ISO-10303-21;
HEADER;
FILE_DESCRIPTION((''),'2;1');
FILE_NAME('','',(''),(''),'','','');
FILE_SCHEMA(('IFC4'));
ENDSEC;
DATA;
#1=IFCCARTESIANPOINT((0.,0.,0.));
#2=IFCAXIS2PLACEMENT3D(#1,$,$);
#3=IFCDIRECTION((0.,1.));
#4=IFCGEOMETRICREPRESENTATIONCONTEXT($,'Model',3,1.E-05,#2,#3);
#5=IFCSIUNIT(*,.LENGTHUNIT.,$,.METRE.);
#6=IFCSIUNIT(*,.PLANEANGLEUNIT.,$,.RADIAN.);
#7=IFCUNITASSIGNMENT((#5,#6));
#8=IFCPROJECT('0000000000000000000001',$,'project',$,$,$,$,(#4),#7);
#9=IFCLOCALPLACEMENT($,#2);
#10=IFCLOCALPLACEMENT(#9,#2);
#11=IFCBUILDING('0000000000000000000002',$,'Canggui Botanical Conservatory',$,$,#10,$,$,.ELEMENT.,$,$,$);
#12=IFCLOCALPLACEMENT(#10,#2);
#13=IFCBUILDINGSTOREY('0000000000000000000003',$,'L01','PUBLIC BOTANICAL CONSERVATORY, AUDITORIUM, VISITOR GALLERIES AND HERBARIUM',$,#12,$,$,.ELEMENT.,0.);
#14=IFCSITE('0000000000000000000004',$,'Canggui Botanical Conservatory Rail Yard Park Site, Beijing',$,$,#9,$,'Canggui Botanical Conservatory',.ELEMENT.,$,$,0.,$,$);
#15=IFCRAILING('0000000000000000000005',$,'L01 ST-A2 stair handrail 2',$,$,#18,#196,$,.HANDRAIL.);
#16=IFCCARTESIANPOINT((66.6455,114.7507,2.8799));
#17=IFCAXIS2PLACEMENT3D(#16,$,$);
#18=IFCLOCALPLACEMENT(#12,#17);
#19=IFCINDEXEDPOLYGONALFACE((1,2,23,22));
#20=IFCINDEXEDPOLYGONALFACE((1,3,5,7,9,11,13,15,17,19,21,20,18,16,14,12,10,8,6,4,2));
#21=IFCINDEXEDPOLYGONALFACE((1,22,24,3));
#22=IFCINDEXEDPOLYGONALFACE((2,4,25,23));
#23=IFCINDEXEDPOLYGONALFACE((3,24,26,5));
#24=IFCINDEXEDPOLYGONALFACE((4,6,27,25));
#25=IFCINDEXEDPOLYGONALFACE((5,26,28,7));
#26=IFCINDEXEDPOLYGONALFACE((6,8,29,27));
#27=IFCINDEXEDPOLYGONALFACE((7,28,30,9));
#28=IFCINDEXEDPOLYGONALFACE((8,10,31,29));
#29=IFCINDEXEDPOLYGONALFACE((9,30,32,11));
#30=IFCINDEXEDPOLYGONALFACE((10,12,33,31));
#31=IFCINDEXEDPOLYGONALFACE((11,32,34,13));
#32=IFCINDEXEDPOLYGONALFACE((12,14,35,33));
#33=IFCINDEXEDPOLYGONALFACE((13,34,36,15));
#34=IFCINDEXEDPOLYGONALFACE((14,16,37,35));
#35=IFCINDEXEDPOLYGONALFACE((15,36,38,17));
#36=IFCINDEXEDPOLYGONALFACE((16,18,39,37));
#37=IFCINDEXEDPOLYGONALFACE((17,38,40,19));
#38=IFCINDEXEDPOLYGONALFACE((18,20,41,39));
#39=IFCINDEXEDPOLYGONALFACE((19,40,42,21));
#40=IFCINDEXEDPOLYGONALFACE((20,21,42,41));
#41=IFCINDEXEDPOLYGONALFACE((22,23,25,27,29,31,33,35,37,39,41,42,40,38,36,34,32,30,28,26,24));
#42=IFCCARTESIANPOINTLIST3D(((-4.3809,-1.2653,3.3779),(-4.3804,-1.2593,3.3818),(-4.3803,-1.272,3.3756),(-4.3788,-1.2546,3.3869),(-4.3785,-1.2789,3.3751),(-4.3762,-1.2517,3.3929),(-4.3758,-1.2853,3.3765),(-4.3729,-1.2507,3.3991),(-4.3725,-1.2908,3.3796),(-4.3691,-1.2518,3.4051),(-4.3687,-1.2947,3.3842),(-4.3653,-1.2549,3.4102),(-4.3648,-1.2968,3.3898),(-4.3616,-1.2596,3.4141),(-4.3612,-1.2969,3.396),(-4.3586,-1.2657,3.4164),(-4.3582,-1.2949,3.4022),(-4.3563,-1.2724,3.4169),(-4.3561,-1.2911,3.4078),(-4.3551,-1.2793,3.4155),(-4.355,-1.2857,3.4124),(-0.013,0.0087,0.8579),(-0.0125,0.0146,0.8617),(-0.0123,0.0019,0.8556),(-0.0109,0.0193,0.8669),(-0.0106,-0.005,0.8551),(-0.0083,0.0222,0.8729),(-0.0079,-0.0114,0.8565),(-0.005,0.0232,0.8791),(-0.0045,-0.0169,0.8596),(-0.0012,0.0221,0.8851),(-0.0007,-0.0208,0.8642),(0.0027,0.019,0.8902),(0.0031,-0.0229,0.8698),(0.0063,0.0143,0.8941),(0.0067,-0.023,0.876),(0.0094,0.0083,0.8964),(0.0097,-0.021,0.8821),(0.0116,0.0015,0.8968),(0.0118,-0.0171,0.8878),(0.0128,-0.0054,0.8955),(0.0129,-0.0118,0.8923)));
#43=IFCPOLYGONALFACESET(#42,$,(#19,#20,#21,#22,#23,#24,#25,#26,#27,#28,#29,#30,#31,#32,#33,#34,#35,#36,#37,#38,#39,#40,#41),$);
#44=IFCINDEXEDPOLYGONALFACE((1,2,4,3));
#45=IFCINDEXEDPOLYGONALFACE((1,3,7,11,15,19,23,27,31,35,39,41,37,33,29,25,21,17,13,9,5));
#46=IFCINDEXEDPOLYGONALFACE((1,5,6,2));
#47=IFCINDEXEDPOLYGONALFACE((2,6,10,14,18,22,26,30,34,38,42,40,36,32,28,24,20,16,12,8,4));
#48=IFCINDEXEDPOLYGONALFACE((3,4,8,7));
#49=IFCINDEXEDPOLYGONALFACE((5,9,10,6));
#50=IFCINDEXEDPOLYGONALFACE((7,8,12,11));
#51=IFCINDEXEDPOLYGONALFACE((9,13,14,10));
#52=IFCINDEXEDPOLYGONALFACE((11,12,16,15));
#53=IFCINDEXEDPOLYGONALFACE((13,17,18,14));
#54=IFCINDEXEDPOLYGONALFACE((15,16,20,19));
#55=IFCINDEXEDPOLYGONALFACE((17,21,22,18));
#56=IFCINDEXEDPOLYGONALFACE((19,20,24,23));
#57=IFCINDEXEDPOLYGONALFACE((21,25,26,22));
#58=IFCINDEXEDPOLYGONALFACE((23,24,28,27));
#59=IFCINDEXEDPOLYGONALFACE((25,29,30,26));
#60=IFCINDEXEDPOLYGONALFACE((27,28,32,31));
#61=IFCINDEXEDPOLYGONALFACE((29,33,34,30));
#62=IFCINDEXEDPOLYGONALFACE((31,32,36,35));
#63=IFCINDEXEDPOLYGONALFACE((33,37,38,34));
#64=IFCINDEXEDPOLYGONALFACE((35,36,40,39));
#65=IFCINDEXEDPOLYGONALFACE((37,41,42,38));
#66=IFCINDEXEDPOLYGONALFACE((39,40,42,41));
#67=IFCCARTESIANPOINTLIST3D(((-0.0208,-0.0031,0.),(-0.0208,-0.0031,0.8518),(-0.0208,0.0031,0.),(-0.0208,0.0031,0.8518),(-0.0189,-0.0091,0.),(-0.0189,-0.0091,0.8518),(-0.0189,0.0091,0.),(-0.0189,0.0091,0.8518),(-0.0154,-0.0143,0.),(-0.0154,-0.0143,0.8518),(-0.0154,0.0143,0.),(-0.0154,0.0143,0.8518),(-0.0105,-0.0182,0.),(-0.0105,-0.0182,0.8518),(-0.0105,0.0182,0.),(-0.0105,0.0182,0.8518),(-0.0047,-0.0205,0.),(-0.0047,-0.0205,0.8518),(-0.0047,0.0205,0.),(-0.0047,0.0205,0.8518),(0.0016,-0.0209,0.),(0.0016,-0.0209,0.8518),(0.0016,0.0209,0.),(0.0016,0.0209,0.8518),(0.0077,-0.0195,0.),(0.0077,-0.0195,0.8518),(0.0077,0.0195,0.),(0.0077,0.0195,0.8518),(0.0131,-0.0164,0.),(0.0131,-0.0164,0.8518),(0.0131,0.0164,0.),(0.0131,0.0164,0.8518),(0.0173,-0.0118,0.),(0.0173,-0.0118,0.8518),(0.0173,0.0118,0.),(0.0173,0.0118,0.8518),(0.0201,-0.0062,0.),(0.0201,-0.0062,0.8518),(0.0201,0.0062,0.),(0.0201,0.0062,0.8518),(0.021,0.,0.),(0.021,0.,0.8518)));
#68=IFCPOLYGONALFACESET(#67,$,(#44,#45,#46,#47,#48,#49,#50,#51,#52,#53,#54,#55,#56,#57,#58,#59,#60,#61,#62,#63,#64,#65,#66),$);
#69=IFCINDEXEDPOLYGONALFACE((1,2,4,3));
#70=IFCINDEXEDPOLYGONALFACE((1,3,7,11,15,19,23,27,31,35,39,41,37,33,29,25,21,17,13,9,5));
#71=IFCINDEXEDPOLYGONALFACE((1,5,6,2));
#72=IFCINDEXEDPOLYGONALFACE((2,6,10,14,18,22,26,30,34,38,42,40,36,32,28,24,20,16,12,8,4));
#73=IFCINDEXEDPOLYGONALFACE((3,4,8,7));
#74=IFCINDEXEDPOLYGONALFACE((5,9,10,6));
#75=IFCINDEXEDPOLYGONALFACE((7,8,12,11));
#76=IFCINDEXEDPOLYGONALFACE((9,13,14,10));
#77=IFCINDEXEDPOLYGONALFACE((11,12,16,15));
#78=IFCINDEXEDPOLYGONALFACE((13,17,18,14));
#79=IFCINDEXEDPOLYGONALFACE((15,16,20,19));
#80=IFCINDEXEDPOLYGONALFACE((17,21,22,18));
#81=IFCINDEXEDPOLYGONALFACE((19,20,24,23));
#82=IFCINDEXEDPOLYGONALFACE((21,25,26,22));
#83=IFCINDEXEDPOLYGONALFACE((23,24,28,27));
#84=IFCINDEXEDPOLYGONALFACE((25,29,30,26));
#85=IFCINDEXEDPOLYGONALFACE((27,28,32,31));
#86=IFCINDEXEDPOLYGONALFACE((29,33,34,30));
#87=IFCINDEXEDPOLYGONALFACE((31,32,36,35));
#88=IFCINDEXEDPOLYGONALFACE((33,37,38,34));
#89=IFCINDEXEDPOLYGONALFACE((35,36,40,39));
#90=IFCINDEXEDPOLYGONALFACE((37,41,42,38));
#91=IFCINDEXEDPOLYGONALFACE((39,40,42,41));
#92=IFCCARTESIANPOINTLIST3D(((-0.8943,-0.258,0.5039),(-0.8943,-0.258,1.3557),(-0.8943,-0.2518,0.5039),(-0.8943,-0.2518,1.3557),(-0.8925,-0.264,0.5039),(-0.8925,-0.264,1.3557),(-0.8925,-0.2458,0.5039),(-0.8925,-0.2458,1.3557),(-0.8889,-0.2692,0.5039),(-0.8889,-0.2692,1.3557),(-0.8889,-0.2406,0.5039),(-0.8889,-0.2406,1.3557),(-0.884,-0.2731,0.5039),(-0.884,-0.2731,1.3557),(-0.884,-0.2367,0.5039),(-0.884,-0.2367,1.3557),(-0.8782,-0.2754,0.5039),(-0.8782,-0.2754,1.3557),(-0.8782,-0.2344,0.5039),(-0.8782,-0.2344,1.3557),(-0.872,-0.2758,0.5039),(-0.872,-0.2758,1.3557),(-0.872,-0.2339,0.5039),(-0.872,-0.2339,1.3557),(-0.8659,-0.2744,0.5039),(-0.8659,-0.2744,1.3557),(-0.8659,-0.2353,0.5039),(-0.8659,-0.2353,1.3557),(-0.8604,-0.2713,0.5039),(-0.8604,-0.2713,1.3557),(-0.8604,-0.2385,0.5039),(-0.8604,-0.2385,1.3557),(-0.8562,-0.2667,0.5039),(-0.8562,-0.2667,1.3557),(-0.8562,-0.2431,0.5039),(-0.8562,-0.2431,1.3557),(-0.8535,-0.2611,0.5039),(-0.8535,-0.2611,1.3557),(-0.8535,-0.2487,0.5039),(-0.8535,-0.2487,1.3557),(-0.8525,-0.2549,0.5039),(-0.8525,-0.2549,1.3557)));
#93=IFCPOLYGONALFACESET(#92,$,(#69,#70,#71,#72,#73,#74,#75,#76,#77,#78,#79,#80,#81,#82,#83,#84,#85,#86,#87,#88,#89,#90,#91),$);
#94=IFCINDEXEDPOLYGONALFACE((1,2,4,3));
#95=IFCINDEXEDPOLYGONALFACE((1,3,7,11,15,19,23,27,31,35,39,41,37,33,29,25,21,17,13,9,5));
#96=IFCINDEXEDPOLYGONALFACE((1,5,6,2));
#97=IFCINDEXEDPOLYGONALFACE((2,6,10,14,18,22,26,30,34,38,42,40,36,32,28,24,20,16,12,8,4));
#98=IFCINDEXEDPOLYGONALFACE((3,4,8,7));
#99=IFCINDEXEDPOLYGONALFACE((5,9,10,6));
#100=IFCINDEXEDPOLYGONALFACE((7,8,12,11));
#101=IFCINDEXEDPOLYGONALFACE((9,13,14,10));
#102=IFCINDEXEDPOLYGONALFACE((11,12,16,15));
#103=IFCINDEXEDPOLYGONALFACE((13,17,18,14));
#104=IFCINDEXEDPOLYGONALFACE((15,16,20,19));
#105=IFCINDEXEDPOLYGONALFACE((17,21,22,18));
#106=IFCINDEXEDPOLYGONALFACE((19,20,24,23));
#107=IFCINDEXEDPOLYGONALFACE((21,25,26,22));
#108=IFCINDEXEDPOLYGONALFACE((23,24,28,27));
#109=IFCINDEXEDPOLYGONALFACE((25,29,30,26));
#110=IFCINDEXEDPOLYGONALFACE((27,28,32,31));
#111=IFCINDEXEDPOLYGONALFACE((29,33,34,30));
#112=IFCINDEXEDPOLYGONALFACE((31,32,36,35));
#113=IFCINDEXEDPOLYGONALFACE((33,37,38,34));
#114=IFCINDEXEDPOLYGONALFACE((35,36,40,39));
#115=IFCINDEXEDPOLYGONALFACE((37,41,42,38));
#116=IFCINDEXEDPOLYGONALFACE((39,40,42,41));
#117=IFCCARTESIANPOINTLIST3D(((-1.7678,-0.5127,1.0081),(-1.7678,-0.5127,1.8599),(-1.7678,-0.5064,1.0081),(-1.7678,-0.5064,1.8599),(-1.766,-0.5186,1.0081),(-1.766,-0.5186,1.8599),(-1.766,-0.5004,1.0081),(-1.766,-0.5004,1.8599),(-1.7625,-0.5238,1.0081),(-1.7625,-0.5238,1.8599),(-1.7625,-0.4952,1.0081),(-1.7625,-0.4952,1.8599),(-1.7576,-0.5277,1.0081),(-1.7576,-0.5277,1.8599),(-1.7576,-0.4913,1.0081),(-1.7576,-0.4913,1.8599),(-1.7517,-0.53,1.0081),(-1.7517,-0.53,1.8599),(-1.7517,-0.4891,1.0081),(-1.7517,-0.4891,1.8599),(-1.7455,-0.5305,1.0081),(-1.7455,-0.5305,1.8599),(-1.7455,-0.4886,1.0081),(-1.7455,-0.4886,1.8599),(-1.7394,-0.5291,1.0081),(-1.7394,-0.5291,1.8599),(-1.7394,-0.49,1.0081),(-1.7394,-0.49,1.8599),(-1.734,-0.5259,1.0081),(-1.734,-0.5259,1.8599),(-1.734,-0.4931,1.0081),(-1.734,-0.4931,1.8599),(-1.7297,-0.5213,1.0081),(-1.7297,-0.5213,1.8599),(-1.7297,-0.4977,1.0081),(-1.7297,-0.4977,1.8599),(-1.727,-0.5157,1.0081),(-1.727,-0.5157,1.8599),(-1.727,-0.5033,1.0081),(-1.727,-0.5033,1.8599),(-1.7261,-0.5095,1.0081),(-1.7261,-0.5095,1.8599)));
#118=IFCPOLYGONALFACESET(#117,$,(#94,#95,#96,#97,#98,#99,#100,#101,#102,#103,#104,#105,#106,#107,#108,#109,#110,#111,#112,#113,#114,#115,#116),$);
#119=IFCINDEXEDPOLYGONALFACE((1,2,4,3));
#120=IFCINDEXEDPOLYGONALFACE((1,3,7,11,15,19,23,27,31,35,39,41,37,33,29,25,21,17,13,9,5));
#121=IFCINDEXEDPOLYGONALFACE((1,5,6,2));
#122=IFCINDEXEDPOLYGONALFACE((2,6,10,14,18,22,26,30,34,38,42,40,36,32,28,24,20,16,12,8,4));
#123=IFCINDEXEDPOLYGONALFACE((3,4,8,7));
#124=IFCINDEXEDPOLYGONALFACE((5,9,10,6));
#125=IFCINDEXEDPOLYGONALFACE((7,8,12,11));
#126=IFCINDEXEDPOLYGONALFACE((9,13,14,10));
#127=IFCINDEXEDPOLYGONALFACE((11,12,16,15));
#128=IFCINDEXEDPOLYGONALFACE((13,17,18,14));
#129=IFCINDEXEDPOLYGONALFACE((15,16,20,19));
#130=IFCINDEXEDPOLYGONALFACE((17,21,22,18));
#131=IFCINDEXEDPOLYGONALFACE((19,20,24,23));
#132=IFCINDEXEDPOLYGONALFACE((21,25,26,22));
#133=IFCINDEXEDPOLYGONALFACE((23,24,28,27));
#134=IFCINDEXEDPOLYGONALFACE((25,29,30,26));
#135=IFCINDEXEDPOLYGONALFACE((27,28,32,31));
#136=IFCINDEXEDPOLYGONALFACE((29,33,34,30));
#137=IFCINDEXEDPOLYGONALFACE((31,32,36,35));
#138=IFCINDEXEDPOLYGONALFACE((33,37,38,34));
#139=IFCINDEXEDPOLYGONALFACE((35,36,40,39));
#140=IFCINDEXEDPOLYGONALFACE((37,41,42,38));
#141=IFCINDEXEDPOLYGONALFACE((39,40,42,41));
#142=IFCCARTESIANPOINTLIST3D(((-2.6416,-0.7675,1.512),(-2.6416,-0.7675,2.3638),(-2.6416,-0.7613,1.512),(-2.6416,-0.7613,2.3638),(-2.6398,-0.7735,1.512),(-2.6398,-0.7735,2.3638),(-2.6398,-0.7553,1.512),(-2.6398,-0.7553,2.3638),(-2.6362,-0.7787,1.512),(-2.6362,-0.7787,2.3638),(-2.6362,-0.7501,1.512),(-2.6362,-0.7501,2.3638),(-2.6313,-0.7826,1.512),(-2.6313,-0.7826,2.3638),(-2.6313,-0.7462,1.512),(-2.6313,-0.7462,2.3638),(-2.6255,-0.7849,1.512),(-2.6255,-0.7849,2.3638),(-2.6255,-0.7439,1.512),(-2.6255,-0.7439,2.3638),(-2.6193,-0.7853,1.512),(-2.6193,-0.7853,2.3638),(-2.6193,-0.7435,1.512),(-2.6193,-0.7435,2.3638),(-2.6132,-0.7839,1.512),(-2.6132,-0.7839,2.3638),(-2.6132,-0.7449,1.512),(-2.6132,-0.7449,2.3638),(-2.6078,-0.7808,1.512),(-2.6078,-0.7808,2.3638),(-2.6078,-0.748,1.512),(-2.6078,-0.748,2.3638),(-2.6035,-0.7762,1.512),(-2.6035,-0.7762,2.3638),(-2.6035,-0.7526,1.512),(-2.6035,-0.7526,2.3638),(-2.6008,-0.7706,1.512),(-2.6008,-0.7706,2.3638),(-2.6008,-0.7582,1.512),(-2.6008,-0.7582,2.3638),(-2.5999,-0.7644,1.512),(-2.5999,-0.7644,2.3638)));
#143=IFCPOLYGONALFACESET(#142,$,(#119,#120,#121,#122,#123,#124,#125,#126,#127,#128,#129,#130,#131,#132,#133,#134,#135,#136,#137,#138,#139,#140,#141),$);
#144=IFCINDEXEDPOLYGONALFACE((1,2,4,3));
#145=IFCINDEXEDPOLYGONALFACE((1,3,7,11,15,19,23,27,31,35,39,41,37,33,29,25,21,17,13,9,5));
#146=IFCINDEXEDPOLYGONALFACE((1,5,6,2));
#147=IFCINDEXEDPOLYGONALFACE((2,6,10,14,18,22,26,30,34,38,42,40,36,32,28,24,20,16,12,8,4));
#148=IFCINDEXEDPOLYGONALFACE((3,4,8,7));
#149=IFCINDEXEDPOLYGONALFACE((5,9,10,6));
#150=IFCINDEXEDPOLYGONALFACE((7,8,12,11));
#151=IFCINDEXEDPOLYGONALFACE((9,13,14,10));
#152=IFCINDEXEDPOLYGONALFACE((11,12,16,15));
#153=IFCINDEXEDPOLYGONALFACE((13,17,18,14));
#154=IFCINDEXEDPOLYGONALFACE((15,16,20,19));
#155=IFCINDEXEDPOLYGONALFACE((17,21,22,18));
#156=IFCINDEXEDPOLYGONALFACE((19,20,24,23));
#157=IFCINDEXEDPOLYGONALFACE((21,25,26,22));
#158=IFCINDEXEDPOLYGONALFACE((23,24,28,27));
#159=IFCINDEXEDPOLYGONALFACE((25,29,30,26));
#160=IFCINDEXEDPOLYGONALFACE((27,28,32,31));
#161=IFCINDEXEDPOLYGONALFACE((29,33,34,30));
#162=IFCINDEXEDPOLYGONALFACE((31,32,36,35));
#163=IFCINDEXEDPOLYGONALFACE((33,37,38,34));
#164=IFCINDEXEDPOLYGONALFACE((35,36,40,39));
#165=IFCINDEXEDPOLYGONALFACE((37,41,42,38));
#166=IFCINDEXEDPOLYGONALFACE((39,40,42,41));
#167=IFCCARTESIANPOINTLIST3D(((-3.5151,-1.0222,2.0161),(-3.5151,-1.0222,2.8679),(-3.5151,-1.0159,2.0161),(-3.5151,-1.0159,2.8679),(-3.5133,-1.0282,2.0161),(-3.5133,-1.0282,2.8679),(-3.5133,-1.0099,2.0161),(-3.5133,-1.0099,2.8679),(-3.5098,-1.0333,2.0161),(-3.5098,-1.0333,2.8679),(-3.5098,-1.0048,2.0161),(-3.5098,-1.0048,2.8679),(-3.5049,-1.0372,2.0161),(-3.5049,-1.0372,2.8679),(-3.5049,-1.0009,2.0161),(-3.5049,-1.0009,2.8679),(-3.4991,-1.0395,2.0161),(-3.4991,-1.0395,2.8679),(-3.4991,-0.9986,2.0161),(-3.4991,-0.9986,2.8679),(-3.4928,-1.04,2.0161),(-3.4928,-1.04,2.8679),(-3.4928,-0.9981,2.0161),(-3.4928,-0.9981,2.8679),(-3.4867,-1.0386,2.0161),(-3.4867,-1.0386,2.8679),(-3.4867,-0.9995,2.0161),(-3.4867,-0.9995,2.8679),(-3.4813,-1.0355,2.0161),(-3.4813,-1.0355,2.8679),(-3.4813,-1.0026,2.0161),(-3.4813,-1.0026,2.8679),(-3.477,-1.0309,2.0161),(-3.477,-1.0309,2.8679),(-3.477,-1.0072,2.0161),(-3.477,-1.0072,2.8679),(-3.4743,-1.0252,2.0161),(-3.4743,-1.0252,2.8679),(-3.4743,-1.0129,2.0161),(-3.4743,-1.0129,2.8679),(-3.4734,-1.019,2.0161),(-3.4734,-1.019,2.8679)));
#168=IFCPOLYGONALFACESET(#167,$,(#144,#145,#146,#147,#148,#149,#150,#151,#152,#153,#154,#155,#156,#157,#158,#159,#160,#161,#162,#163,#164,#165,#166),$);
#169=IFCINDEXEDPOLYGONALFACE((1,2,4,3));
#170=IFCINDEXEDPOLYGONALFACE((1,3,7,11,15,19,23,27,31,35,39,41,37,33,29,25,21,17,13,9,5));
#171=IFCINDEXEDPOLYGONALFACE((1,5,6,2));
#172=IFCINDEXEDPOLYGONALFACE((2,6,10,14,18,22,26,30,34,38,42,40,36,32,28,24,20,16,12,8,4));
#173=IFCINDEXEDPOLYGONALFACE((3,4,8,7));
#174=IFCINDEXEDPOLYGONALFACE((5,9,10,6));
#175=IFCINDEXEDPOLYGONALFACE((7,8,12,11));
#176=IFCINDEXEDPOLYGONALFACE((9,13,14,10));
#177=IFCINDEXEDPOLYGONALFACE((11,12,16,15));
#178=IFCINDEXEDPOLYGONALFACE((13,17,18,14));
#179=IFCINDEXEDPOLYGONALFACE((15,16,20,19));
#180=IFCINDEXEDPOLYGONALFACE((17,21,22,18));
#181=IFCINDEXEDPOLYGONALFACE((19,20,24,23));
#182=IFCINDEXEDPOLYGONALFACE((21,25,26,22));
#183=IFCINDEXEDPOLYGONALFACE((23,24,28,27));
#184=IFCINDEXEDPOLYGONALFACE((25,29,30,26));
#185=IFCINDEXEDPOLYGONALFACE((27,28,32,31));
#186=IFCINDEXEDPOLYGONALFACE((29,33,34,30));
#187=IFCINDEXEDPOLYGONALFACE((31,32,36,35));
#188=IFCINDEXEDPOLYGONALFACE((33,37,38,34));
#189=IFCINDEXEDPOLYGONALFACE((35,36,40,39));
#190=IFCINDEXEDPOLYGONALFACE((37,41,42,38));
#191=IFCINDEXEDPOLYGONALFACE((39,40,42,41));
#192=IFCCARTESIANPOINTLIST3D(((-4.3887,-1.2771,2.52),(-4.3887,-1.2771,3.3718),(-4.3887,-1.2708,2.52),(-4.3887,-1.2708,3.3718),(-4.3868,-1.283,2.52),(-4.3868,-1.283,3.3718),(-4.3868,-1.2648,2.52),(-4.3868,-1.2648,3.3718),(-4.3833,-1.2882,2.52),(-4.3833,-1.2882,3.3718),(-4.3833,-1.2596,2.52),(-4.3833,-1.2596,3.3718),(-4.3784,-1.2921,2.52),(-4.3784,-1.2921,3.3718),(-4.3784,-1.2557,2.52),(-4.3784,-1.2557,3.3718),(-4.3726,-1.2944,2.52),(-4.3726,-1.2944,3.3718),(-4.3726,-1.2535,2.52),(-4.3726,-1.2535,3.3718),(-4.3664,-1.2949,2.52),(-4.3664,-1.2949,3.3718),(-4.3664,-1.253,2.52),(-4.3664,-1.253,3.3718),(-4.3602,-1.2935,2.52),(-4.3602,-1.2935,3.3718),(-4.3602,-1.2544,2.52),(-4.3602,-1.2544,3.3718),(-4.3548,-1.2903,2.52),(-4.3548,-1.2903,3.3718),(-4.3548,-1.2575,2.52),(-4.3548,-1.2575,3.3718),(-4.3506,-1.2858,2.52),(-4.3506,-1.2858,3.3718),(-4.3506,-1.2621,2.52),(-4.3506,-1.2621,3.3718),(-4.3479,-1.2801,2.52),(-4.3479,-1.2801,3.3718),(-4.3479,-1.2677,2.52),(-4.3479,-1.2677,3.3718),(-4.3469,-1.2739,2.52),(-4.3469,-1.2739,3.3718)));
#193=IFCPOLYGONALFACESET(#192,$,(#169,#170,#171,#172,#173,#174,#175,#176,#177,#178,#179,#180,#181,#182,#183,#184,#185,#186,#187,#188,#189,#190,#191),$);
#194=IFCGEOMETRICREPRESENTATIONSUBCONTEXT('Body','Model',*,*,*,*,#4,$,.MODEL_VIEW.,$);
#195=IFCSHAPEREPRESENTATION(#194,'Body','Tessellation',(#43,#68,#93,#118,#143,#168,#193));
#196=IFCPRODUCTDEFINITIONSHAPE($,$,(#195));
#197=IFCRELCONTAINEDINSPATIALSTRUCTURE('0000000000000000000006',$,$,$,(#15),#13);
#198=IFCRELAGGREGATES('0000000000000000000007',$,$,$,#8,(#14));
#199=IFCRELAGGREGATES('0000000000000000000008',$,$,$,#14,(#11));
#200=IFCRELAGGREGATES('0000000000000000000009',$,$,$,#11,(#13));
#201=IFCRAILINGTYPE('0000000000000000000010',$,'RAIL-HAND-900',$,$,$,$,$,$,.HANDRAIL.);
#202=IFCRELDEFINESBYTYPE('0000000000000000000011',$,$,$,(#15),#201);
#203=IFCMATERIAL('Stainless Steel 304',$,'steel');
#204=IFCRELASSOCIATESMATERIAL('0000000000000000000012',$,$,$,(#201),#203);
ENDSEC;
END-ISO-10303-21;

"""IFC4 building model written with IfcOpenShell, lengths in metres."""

from ifc_helpers import new_model, si_unit, direction, frame, origin, origin_2d, place, context, subcontext, project, spatial, circle, extrude, material, type_object, element, save


model = new_model("IFC4")

# Units and contexts
model_context = context("Model", 3, precision=1e-05, world=origin(), true_north=direction((0.0, 1.0)))
body_context = subcontext(model_context, "Body", "Model", "MODEL_VIEW")
ifc_project = project(units=[si_unit("LENGTHUNIT", "METRE"), si_unit("PLANEANGLEUNIT", "RADIAN")], contexts=[model_context])

# Site, building, storey
site_placement = place(None, origin())
site = spatial("IfcSite", under=ifc_project, at=site_placement, Name="Canggui Botanical Conservatory Rail Yard Park Site, Beijing", LongName="Canggui Botanical Conservatory", CompositionType="ELEMENT", RefElevation=0.0)
building_placement = place(site_placement, origin())
building = spatial("IfcBuilding", under=site, at=building_placement, Name="Canggui Botanical Conservatory", CompositionType="ELEMENT")
storey_placement = place(building_placement, origin())
storey = spatial("IfcBuildingStorey", under=building, at=storey_placement, Name="L01", Description="PUBLIC BOTANICAL CONSERVATORY, AUDITORIUM, VISITOR GALLERIES AND HERBARIUM", CompositionType="ELEMENT", Elevation=0.0)

# Railing
ifc_material_1 = material(Name="Stainless Steel 304", Category="steel")
railing_type_1 = type_object("IfcRailingType", Name="RAIL-HAND-900", PredefinedType="HANDRAIL", material=ifc_material_1)
railing_1_placement = place(storey_placement, frame((66.6455, 114.7507, 2.8799)))
element("IfcRailing", 1, at=railing_1_placement, inside=storey, type_object=railing_type_1, Name="L01 ST-A2 stair handrail 2", PredefinedType="HANDRAIL", context=body_context, shape_type="SweptSolid", body=[
    extrude(circle(Radius=0.0239, at=origin_2d()), frame((0.0, 0.0, 0.876), z_axis=(-0.839797, -0.244931, 0.484511), x_axis=(0.27999, -0.960003, 0.0)), (0.0, 0.0, 1.0), 5.2012),
    extrude(circle(Radius=0.021, at=origin_2d()), origin(), (0.0, 0.0, 1.0), 0.8518),
    extrude(circle(Radius=0.021, at=origin_2d()), frame((-0.8735, -0.2549, 0.5039)), (0.0, 0.0, 1.0), 0.8518),
    extrude(circle(Radius=0.021, at=origin_2d()), frame((-1.7471, -0.5095, 1.0081)), (0.0, 0.0, 1.0), 0.8518),
    extrude(circle(Radius=0.021, at=origin_2d()), frame((-2.6208, -0.7644, 1.512)), (0.0, 0.0, 1.0), 0.8518),
    extrude(circle(Radius=0.021, at=origin_2d()), frame((-3.4944, -1.019, 2.0161)), (0.0, 0.0, 1.0), 0.8518),
    extrude(circle(Radius=0.021, at=origin_2d()), frame((-4.3679, -1.2739, 2.52)), (0.0, 0.0, 1.0), 0.8518),
])

save(model, "model.ifc")
